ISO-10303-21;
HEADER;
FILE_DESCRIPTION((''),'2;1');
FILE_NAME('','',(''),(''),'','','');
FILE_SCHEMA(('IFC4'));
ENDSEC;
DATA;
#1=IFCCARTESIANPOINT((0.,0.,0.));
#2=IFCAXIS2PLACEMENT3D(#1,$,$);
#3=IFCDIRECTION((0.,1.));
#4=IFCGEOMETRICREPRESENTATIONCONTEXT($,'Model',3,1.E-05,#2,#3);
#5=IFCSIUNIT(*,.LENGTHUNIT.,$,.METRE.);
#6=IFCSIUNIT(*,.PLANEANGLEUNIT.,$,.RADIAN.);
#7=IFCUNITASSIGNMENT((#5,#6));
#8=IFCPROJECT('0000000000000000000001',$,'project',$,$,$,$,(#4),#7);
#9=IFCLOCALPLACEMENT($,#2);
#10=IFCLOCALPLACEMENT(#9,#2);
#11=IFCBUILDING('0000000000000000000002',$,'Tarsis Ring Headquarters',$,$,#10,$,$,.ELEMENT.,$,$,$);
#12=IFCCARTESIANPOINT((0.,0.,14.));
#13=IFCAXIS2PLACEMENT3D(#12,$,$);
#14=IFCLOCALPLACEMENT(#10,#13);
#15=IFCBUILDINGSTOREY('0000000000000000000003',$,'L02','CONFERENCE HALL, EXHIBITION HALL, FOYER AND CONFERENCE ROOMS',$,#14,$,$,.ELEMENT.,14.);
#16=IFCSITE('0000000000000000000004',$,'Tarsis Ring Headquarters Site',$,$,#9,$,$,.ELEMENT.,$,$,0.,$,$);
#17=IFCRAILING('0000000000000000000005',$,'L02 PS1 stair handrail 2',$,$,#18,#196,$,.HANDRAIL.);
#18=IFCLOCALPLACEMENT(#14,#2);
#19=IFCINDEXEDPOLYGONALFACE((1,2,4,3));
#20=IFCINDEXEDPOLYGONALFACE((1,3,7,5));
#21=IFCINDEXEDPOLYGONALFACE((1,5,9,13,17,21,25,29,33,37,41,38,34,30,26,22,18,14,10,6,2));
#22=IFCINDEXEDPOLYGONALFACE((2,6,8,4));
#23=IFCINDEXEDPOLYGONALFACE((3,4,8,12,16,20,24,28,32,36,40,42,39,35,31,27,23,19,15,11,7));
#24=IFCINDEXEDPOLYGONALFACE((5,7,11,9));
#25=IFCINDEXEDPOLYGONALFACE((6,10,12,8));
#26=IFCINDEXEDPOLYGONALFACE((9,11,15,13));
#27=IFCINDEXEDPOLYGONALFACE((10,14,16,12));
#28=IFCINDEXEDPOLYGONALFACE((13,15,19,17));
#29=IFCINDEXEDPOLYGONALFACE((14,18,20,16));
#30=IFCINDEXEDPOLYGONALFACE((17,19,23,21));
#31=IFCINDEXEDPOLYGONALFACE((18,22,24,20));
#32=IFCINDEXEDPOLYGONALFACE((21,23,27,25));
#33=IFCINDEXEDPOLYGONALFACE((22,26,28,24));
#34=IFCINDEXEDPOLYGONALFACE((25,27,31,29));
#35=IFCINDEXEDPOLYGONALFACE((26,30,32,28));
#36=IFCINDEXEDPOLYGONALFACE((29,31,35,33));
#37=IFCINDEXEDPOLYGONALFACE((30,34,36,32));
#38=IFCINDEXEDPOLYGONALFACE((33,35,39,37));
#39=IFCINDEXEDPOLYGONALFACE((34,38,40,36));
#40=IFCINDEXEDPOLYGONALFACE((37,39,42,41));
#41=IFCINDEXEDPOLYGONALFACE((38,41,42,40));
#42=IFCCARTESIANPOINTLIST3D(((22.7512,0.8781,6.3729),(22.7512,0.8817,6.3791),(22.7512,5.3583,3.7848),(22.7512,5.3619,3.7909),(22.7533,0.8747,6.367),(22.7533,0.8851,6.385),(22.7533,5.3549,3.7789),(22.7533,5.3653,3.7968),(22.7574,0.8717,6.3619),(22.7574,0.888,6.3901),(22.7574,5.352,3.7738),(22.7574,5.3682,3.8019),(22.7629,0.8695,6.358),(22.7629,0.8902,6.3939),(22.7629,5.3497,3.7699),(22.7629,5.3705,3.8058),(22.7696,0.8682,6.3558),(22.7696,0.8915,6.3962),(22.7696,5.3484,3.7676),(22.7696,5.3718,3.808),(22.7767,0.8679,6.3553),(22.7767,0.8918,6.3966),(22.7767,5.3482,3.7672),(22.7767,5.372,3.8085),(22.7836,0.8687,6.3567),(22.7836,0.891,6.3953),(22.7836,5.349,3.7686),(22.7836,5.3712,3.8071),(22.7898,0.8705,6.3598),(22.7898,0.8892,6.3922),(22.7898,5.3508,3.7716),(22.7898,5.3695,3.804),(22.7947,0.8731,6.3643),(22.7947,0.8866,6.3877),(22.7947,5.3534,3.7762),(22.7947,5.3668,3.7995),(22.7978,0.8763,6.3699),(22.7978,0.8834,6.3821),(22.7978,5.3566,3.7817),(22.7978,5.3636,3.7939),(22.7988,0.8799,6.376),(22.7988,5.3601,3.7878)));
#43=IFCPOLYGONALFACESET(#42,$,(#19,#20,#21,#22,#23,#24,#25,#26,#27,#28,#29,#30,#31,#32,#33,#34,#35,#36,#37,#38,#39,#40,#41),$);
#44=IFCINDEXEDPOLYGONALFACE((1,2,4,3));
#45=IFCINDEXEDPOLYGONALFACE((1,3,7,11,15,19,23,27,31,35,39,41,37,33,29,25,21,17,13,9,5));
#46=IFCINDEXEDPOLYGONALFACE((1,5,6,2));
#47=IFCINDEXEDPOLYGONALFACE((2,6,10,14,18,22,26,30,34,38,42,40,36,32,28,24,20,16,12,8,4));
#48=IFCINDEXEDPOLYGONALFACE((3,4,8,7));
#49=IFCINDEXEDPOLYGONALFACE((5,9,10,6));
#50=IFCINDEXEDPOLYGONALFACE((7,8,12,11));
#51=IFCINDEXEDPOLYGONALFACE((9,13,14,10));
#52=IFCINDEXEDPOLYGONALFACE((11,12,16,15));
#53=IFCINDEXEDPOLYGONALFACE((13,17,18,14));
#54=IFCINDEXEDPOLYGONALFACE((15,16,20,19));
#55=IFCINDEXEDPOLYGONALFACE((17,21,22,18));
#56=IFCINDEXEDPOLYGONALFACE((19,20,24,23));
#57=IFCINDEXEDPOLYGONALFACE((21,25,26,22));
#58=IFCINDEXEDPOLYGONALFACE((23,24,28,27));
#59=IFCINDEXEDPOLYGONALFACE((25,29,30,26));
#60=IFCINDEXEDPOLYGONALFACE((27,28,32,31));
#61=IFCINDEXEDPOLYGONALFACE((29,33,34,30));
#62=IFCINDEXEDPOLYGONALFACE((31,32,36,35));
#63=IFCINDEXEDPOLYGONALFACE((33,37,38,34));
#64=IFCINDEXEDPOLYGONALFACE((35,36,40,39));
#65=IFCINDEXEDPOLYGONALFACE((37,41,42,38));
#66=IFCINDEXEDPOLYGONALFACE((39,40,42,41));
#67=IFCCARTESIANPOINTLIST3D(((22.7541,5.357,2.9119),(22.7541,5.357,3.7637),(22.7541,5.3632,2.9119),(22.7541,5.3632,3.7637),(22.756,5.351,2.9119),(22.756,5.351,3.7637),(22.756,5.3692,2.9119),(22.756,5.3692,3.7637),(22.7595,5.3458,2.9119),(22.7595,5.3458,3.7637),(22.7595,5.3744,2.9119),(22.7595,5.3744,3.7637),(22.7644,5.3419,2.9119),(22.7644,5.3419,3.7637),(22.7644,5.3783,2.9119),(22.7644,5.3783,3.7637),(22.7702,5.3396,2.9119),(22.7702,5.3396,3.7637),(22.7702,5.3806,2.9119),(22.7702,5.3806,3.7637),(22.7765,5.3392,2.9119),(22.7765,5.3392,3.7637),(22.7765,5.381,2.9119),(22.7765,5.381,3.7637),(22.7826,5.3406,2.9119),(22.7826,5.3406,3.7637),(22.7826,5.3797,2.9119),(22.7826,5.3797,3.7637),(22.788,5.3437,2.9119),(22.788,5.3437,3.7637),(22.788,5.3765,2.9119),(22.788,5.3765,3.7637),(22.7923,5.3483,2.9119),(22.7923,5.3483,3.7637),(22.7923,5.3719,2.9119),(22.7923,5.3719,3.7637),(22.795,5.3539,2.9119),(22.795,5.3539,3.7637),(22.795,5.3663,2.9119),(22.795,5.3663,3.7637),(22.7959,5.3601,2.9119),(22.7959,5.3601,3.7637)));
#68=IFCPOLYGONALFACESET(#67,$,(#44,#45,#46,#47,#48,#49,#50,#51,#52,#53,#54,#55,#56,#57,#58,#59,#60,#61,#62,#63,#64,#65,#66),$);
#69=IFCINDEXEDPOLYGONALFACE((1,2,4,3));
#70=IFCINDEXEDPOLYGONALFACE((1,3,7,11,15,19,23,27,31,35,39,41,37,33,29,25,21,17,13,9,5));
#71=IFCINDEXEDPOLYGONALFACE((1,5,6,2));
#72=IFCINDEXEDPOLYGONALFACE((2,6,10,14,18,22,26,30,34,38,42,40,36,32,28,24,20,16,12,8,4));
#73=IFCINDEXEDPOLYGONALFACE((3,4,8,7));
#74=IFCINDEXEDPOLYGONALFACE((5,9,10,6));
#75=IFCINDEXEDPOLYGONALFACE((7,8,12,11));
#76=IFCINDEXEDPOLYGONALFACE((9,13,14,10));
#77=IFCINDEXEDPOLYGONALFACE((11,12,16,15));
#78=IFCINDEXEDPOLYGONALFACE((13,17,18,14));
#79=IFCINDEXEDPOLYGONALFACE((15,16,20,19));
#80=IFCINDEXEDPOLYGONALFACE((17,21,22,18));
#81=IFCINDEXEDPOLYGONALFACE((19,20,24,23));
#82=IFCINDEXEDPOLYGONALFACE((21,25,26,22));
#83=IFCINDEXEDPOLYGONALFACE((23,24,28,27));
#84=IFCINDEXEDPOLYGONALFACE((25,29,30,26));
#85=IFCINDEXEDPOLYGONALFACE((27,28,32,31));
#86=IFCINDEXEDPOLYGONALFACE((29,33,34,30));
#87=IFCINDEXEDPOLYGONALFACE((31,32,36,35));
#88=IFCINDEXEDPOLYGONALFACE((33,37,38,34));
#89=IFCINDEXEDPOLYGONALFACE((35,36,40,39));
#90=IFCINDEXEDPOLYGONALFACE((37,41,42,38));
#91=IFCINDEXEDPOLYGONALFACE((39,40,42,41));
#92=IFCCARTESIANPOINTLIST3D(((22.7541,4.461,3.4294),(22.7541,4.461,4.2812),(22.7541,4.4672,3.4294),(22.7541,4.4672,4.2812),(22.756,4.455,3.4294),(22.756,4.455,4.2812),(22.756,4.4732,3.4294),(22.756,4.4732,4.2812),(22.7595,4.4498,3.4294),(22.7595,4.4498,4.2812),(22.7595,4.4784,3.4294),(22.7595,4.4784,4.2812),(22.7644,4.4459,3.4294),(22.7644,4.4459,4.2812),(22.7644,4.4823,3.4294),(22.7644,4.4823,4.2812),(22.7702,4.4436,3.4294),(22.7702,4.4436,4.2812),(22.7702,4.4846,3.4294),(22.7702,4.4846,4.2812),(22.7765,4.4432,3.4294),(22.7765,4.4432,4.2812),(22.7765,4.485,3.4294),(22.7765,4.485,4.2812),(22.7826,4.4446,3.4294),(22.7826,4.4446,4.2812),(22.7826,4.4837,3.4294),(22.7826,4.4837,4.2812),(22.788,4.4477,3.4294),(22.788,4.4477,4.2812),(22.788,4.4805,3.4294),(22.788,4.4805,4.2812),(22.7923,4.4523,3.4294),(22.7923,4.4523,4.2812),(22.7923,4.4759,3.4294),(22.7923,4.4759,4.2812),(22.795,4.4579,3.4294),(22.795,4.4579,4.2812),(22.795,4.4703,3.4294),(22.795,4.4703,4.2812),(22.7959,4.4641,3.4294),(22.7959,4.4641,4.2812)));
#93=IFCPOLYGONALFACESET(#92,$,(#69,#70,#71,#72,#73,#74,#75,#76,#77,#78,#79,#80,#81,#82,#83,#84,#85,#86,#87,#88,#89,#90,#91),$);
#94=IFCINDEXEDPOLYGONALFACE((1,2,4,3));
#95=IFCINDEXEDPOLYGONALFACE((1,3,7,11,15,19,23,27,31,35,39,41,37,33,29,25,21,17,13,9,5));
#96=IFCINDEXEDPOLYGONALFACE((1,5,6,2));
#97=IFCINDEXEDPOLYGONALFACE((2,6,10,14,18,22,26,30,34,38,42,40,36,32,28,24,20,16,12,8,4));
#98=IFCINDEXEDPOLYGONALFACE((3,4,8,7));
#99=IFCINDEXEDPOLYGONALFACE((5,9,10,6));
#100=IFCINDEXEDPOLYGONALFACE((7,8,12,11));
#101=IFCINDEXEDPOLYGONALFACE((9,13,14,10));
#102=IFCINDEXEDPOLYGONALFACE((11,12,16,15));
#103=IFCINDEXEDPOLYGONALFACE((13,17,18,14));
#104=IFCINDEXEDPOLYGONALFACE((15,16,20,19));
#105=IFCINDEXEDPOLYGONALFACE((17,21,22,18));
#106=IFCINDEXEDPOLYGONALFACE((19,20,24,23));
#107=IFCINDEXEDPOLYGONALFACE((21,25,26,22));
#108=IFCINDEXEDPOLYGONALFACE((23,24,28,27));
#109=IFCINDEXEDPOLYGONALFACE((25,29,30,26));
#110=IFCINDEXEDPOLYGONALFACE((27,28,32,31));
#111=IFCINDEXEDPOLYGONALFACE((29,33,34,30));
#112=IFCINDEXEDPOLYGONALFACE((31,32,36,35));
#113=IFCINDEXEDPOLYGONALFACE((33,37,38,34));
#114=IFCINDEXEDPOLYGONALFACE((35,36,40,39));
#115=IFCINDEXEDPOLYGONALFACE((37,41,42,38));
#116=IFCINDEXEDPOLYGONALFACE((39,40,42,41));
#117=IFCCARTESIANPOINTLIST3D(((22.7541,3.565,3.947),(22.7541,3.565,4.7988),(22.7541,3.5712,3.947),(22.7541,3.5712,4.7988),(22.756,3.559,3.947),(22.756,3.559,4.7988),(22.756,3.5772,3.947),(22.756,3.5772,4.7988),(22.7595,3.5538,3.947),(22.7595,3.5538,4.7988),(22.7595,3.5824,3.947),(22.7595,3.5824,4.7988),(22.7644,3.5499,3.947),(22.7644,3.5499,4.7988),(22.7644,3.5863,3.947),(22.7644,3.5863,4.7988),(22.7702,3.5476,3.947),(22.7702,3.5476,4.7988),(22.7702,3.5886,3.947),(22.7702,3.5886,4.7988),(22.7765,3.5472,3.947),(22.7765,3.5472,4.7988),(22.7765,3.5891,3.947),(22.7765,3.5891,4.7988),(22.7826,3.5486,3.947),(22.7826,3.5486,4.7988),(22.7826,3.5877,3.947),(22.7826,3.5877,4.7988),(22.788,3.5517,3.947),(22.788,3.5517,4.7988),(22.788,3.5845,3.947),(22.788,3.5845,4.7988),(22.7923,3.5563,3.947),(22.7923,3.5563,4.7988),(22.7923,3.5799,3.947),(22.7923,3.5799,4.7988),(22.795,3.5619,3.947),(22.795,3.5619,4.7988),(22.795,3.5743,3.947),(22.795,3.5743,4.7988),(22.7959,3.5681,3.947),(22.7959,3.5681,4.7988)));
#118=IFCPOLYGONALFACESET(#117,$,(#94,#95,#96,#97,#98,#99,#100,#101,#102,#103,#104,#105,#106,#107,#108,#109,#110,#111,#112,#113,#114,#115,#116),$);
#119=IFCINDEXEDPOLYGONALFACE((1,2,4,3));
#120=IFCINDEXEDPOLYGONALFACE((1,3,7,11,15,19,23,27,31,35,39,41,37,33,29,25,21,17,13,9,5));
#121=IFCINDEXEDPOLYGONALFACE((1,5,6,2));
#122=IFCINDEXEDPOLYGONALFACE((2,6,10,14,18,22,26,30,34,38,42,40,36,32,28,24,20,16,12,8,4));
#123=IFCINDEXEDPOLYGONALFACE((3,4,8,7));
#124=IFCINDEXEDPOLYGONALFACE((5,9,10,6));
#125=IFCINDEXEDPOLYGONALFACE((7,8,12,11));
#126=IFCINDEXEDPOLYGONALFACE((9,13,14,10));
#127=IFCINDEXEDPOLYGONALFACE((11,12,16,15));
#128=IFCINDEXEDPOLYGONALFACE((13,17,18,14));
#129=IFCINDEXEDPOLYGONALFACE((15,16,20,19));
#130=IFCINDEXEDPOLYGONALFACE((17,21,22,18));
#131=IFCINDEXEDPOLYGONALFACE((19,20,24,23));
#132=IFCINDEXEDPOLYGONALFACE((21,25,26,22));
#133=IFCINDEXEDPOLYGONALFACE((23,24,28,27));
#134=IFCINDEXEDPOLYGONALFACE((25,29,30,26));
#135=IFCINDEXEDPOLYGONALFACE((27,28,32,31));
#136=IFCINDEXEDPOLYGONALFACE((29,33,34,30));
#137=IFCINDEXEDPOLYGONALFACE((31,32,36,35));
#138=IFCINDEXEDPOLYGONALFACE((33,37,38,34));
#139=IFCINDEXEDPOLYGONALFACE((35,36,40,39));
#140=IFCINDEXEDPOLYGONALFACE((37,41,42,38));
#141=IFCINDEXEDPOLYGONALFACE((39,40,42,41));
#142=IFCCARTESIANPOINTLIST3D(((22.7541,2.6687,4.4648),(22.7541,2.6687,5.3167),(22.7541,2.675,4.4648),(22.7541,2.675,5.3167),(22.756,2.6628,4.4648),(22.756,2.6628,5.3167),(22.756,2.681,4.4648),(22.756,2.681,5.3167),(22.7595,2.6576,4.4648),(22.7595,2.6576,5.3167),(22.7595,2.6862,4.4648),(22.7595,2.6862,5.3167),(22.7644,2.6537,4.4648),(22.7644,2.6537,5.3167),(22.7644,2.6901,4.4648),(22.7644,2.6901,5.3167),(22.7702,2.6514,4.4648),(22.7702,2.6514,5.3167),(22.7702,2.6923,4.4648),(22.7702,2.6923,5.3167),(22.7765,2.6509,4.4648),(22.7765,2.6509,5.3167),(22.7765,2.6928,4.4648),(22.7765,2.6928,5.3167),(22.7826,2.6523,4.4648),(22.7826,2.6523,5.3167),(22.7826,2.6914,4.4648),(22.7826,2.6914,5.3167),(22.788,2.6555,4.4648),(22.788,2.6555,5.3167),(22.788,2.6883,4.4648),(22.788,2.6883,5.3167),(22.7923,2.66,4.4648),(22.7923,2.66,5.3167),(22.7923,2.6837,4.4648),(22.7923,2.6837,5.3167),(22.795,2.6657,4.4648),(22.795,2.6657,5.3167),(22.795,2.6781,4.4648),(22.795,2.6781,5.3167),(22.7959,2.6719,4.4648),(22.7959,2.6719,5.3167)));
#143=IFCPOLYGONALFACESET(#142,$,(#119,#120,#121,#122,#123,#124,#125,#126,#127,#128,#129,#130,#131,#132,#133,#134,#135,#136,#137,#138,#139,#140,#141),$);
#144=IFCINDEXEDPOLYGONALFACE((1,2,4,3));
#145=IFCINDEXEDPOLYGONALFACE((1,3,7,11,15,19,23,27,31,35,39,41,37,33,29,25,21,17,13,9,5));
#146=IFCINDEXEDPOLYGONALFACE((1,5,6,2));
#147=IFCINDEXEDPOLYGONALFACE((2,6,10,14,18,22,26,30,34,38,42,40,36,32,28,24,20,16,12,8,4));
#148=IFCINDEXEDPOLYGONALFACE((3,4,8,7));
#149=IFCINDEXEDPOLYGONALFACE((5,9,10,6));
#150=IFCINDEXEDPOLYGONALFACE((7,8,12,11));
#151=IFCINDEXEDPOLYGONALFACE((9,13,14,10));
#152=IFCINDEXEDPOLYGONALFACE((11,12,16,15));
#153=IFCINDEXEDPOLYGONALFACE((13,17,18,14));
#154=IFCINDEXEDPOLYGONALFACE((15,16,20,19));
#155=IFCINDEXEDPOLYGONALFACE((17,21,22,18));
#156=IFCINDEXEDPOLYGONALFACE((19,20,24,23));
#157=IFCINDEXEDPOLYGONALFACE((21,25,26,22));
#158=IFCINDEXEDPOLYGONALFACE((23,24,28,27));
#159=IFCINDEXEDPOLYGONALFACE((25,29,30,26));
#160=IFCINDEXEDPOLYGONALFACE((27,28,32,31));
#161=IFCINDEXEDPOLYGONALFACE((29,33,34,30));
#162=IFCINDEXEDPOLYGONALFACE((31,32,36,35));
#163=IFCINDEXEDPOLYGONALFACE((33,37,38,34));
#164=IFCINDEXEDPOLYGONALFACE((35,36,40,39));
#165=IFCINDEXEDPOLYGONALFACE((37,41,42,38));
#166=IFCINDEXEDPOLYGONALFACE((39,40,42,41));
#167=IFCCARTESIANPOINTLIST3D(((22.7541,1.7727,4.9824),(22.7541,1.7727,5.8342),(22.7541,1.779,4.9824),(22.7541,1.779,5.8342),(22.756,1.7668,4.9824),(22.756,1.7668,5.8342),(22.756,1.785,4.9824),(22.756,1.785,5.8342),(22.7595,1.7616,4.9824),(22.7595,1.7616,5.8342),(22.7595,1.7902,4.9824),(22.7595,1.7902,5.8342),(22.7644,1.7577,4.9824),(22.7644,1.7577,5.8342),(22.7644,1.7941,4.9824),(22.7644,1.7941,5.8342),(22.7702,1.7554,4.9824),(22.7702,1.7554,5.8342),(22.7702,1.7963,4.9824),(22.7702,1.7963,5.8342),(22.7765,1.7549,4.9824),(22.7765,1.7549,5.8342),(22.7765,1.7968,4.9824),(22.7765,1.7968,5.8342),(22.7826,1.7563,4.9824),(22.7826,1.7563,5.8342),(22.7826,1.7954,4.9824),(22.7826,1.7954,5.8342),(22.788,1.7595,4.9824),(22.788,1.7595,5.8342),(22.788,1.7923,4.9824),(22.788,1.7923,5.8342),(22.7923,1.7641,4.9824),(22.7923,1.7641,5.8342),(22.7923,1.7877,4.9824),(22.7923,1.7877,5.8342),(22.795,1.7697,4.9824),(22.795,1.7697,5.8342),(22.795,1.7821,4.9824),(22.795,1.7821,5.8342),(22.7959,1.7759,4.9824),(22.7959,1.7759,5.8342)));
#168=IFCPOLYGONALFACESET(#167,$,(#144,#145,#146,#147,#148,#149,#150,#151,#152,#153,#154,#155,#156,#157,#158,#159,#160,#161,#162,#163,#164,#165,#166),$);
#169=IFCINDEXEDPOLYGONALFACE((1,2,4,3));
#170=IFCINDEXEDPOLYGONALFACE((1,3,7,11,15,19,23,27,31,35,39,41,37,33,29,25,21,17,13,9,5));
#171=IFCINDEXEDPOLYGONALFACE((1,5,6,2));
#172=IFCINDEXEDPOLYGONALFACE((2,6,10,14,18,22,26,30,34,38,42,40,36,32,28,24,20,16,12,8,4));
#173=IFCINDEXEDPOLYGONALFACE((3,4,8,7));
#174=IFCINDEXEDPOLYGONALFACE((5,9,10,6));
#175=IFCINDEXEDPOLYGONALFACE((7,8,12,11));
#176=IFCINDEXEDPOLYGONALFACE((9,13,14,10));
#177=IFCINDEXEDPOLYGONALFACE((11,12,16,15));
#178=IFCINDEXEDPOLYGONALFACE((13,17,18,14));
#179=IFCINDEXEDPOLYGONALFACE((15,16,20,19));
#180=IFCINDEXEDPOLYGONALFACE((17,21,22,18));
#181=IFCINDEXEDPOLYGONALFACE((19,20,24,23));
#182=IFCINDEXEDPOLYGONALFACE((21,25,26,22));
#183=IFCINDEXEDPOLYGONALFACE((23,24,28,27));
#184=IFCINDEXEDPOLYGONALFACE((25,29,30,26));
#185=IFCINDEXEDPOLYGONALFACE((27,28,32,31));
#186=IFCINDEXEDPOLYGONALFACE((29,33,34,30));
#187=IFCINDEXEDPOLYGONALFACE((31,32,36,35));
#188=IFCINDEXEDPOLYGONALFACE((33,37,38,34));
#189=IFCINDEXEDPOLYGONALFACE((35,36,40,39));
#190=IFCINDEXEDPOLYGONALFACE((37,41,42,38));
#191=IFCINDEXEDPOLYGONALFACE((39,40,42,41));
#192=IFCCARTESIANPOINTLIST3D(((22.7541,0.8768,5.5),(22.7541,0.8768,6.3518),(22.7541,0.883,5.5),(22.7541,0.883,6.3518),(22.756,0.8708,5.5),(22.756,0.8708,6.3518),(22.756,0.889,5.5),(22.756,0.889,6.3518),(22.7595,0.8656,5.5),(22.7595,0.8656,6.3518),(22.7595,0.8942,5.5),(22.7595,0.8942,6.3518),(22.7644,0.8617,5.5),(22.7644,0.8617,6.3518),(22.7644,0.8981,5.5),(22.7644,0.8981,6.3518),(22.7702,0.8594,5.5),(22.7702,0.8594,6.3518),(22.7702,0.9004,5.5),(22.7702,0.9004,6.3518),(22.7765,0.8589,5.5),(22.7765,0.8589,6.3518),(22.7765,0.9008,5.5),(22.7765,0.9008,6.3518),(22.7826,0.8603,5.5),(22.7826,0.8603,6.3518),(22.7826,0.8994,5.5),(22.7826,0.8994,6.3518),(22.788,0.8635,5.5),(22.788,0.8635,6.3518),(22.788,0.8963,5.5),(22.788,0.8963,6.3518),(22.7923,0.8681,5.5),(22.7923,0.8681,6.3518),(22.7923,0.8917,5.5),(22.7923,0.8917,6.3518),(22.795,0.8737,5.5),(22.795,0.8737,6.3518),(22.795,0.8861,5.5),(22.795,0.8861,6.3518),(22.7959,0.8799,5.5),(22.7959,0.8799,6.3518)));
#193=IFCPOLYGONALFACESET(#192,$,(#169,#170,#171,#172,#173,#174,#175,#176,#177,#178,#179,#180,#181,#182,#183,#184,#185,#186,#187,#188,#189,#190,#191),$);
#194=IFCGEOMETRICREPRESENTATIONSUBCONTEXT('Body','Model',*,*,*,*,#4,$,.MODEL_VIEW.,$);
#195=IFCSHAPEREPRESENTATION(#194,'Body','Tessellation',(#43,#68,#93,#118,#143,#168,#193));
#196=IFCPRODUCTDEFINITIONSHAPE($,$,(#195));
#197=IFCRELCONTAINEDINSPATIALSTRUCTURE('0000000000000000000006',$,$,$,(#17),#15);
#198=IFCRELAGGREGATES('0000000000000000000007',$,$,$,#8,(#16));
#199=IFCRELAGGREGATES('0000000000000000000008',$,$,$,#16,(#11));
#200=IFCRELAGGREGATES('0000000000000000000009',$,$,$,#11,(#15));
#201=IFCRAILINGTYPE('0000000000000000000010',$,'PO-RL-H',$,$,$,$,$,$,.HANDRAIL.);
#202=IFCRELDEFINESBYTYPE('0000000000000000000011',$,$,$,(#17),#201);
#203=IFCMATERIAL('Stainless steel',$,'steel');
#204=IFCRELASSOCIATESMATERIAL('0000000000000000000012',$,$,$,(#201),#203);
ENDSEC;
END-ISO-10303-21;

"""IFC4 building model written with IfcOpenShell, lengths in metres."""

from ifc_helpers import new_model, si_unit, direction, frame, origin, origin_2d, place, context, subcontext, project, spatial, circle, extrude, material, type_object, element, save


model = new_model("IFC4")

# Units and contexts
model_context = context("Model", 3, precision=1e-05, world=origin(), true_north=direction((0.0, 1.0)))
body_context = subcontext(model_context, "Body", "Model", "MODEL_VIEW")
ifc_project = project(units=[si_unit("LENGTHUNIT", "METRE"), si_unit("PLANEANGLEUNIT", "RADIAN")], contexts=[model_context])

# Site, building, storey
site_placement = place(None, origin())
site = spatial("IfcSite", under=ifc_project, at=site_placement, Name="Tarsis Ring Headquarters Site", CompositionType="ELEMENT", RefElevation=0.0)
building_placement = place(site_placement, origin())
building = spatial("IfcBuilding", under=site, at=building_placement, Name="Tarsis Ring Headquarters", CompositionType="ELEMENT")
storey_placement = place(building_placement, frame((0.0, 0.0, 14.0)))
storey = spatial("IfcBuildingStorey", under=building, at=storey_placement, Name="L02", Description="CONFERENCE HALL, EXHIBITION HALL, FOYER AND CONFERENCE ROOMS", CompositionType="ELEMENT", Elevation=14.0)

# Railing
ifc_material_1 = material(Name="Stainless steel", Category="steel")
railing_type_1 = type_object("IfcRailingType", Name="PO-RL-H", PredefinedType="HANDRAIL", material=ifc_material_1)
railing_1_placement = place(storey_placement, frame((22.7749, 5.3601, 2.9119)))
element("IfcRailing", 1, at=railing_1_placement, inside=storey, type_object=railing_type_1, Name="L02 PS1 stair handrail 2", PredefinedType="HANDRAIL", context=body_context, shape_type="SweptSolid", body=[
    extrude(circle(Radius=0.0239, at=origin_2d()), frame((0.0, 0.0, 0.876), z_axis=(0.0, -0.865902, 0.500214), x_axis=(1.0, 0.0, 0.0)), (0.0, 0.0, 1.0), 5.1741),
    extrude(circle(Radius=0.021, at=origin_2d()), origin(), (0.0, 0.0, 1.0), 0.8518),
    extrude(circle(Radius=0.021, at=origin_2d()), frame((0.0, -0.896, 0.5176)), (0.0, 0.0, 1.0), 0.8518),
    extrude(circle(Radius=0.021, at=origin_2d()), frame((0.0, -1.792, 1.0352)), (0.0, 0.0, 1.0), 0.8518),
    extrude(circle(Radius=0.021, at=origin_2d()), frame((0.0, -2.6882, 1.553)), (0.0, 0.0, 1.0), 0.8518),
    extrude(circle(Radius=0.021, at=origin_2d()), frame((0.0, -3.5842, 2.0706)), (0.0, 0.0, 1.0), 0.8518),
    extrude(circle(Radius=0.021, at=origin_2d()), frame((0.0, -4.4802, 2.5881)), (0.0, 0.0, 1.0), 0.8518),
])

save(model, "model.ifc")
